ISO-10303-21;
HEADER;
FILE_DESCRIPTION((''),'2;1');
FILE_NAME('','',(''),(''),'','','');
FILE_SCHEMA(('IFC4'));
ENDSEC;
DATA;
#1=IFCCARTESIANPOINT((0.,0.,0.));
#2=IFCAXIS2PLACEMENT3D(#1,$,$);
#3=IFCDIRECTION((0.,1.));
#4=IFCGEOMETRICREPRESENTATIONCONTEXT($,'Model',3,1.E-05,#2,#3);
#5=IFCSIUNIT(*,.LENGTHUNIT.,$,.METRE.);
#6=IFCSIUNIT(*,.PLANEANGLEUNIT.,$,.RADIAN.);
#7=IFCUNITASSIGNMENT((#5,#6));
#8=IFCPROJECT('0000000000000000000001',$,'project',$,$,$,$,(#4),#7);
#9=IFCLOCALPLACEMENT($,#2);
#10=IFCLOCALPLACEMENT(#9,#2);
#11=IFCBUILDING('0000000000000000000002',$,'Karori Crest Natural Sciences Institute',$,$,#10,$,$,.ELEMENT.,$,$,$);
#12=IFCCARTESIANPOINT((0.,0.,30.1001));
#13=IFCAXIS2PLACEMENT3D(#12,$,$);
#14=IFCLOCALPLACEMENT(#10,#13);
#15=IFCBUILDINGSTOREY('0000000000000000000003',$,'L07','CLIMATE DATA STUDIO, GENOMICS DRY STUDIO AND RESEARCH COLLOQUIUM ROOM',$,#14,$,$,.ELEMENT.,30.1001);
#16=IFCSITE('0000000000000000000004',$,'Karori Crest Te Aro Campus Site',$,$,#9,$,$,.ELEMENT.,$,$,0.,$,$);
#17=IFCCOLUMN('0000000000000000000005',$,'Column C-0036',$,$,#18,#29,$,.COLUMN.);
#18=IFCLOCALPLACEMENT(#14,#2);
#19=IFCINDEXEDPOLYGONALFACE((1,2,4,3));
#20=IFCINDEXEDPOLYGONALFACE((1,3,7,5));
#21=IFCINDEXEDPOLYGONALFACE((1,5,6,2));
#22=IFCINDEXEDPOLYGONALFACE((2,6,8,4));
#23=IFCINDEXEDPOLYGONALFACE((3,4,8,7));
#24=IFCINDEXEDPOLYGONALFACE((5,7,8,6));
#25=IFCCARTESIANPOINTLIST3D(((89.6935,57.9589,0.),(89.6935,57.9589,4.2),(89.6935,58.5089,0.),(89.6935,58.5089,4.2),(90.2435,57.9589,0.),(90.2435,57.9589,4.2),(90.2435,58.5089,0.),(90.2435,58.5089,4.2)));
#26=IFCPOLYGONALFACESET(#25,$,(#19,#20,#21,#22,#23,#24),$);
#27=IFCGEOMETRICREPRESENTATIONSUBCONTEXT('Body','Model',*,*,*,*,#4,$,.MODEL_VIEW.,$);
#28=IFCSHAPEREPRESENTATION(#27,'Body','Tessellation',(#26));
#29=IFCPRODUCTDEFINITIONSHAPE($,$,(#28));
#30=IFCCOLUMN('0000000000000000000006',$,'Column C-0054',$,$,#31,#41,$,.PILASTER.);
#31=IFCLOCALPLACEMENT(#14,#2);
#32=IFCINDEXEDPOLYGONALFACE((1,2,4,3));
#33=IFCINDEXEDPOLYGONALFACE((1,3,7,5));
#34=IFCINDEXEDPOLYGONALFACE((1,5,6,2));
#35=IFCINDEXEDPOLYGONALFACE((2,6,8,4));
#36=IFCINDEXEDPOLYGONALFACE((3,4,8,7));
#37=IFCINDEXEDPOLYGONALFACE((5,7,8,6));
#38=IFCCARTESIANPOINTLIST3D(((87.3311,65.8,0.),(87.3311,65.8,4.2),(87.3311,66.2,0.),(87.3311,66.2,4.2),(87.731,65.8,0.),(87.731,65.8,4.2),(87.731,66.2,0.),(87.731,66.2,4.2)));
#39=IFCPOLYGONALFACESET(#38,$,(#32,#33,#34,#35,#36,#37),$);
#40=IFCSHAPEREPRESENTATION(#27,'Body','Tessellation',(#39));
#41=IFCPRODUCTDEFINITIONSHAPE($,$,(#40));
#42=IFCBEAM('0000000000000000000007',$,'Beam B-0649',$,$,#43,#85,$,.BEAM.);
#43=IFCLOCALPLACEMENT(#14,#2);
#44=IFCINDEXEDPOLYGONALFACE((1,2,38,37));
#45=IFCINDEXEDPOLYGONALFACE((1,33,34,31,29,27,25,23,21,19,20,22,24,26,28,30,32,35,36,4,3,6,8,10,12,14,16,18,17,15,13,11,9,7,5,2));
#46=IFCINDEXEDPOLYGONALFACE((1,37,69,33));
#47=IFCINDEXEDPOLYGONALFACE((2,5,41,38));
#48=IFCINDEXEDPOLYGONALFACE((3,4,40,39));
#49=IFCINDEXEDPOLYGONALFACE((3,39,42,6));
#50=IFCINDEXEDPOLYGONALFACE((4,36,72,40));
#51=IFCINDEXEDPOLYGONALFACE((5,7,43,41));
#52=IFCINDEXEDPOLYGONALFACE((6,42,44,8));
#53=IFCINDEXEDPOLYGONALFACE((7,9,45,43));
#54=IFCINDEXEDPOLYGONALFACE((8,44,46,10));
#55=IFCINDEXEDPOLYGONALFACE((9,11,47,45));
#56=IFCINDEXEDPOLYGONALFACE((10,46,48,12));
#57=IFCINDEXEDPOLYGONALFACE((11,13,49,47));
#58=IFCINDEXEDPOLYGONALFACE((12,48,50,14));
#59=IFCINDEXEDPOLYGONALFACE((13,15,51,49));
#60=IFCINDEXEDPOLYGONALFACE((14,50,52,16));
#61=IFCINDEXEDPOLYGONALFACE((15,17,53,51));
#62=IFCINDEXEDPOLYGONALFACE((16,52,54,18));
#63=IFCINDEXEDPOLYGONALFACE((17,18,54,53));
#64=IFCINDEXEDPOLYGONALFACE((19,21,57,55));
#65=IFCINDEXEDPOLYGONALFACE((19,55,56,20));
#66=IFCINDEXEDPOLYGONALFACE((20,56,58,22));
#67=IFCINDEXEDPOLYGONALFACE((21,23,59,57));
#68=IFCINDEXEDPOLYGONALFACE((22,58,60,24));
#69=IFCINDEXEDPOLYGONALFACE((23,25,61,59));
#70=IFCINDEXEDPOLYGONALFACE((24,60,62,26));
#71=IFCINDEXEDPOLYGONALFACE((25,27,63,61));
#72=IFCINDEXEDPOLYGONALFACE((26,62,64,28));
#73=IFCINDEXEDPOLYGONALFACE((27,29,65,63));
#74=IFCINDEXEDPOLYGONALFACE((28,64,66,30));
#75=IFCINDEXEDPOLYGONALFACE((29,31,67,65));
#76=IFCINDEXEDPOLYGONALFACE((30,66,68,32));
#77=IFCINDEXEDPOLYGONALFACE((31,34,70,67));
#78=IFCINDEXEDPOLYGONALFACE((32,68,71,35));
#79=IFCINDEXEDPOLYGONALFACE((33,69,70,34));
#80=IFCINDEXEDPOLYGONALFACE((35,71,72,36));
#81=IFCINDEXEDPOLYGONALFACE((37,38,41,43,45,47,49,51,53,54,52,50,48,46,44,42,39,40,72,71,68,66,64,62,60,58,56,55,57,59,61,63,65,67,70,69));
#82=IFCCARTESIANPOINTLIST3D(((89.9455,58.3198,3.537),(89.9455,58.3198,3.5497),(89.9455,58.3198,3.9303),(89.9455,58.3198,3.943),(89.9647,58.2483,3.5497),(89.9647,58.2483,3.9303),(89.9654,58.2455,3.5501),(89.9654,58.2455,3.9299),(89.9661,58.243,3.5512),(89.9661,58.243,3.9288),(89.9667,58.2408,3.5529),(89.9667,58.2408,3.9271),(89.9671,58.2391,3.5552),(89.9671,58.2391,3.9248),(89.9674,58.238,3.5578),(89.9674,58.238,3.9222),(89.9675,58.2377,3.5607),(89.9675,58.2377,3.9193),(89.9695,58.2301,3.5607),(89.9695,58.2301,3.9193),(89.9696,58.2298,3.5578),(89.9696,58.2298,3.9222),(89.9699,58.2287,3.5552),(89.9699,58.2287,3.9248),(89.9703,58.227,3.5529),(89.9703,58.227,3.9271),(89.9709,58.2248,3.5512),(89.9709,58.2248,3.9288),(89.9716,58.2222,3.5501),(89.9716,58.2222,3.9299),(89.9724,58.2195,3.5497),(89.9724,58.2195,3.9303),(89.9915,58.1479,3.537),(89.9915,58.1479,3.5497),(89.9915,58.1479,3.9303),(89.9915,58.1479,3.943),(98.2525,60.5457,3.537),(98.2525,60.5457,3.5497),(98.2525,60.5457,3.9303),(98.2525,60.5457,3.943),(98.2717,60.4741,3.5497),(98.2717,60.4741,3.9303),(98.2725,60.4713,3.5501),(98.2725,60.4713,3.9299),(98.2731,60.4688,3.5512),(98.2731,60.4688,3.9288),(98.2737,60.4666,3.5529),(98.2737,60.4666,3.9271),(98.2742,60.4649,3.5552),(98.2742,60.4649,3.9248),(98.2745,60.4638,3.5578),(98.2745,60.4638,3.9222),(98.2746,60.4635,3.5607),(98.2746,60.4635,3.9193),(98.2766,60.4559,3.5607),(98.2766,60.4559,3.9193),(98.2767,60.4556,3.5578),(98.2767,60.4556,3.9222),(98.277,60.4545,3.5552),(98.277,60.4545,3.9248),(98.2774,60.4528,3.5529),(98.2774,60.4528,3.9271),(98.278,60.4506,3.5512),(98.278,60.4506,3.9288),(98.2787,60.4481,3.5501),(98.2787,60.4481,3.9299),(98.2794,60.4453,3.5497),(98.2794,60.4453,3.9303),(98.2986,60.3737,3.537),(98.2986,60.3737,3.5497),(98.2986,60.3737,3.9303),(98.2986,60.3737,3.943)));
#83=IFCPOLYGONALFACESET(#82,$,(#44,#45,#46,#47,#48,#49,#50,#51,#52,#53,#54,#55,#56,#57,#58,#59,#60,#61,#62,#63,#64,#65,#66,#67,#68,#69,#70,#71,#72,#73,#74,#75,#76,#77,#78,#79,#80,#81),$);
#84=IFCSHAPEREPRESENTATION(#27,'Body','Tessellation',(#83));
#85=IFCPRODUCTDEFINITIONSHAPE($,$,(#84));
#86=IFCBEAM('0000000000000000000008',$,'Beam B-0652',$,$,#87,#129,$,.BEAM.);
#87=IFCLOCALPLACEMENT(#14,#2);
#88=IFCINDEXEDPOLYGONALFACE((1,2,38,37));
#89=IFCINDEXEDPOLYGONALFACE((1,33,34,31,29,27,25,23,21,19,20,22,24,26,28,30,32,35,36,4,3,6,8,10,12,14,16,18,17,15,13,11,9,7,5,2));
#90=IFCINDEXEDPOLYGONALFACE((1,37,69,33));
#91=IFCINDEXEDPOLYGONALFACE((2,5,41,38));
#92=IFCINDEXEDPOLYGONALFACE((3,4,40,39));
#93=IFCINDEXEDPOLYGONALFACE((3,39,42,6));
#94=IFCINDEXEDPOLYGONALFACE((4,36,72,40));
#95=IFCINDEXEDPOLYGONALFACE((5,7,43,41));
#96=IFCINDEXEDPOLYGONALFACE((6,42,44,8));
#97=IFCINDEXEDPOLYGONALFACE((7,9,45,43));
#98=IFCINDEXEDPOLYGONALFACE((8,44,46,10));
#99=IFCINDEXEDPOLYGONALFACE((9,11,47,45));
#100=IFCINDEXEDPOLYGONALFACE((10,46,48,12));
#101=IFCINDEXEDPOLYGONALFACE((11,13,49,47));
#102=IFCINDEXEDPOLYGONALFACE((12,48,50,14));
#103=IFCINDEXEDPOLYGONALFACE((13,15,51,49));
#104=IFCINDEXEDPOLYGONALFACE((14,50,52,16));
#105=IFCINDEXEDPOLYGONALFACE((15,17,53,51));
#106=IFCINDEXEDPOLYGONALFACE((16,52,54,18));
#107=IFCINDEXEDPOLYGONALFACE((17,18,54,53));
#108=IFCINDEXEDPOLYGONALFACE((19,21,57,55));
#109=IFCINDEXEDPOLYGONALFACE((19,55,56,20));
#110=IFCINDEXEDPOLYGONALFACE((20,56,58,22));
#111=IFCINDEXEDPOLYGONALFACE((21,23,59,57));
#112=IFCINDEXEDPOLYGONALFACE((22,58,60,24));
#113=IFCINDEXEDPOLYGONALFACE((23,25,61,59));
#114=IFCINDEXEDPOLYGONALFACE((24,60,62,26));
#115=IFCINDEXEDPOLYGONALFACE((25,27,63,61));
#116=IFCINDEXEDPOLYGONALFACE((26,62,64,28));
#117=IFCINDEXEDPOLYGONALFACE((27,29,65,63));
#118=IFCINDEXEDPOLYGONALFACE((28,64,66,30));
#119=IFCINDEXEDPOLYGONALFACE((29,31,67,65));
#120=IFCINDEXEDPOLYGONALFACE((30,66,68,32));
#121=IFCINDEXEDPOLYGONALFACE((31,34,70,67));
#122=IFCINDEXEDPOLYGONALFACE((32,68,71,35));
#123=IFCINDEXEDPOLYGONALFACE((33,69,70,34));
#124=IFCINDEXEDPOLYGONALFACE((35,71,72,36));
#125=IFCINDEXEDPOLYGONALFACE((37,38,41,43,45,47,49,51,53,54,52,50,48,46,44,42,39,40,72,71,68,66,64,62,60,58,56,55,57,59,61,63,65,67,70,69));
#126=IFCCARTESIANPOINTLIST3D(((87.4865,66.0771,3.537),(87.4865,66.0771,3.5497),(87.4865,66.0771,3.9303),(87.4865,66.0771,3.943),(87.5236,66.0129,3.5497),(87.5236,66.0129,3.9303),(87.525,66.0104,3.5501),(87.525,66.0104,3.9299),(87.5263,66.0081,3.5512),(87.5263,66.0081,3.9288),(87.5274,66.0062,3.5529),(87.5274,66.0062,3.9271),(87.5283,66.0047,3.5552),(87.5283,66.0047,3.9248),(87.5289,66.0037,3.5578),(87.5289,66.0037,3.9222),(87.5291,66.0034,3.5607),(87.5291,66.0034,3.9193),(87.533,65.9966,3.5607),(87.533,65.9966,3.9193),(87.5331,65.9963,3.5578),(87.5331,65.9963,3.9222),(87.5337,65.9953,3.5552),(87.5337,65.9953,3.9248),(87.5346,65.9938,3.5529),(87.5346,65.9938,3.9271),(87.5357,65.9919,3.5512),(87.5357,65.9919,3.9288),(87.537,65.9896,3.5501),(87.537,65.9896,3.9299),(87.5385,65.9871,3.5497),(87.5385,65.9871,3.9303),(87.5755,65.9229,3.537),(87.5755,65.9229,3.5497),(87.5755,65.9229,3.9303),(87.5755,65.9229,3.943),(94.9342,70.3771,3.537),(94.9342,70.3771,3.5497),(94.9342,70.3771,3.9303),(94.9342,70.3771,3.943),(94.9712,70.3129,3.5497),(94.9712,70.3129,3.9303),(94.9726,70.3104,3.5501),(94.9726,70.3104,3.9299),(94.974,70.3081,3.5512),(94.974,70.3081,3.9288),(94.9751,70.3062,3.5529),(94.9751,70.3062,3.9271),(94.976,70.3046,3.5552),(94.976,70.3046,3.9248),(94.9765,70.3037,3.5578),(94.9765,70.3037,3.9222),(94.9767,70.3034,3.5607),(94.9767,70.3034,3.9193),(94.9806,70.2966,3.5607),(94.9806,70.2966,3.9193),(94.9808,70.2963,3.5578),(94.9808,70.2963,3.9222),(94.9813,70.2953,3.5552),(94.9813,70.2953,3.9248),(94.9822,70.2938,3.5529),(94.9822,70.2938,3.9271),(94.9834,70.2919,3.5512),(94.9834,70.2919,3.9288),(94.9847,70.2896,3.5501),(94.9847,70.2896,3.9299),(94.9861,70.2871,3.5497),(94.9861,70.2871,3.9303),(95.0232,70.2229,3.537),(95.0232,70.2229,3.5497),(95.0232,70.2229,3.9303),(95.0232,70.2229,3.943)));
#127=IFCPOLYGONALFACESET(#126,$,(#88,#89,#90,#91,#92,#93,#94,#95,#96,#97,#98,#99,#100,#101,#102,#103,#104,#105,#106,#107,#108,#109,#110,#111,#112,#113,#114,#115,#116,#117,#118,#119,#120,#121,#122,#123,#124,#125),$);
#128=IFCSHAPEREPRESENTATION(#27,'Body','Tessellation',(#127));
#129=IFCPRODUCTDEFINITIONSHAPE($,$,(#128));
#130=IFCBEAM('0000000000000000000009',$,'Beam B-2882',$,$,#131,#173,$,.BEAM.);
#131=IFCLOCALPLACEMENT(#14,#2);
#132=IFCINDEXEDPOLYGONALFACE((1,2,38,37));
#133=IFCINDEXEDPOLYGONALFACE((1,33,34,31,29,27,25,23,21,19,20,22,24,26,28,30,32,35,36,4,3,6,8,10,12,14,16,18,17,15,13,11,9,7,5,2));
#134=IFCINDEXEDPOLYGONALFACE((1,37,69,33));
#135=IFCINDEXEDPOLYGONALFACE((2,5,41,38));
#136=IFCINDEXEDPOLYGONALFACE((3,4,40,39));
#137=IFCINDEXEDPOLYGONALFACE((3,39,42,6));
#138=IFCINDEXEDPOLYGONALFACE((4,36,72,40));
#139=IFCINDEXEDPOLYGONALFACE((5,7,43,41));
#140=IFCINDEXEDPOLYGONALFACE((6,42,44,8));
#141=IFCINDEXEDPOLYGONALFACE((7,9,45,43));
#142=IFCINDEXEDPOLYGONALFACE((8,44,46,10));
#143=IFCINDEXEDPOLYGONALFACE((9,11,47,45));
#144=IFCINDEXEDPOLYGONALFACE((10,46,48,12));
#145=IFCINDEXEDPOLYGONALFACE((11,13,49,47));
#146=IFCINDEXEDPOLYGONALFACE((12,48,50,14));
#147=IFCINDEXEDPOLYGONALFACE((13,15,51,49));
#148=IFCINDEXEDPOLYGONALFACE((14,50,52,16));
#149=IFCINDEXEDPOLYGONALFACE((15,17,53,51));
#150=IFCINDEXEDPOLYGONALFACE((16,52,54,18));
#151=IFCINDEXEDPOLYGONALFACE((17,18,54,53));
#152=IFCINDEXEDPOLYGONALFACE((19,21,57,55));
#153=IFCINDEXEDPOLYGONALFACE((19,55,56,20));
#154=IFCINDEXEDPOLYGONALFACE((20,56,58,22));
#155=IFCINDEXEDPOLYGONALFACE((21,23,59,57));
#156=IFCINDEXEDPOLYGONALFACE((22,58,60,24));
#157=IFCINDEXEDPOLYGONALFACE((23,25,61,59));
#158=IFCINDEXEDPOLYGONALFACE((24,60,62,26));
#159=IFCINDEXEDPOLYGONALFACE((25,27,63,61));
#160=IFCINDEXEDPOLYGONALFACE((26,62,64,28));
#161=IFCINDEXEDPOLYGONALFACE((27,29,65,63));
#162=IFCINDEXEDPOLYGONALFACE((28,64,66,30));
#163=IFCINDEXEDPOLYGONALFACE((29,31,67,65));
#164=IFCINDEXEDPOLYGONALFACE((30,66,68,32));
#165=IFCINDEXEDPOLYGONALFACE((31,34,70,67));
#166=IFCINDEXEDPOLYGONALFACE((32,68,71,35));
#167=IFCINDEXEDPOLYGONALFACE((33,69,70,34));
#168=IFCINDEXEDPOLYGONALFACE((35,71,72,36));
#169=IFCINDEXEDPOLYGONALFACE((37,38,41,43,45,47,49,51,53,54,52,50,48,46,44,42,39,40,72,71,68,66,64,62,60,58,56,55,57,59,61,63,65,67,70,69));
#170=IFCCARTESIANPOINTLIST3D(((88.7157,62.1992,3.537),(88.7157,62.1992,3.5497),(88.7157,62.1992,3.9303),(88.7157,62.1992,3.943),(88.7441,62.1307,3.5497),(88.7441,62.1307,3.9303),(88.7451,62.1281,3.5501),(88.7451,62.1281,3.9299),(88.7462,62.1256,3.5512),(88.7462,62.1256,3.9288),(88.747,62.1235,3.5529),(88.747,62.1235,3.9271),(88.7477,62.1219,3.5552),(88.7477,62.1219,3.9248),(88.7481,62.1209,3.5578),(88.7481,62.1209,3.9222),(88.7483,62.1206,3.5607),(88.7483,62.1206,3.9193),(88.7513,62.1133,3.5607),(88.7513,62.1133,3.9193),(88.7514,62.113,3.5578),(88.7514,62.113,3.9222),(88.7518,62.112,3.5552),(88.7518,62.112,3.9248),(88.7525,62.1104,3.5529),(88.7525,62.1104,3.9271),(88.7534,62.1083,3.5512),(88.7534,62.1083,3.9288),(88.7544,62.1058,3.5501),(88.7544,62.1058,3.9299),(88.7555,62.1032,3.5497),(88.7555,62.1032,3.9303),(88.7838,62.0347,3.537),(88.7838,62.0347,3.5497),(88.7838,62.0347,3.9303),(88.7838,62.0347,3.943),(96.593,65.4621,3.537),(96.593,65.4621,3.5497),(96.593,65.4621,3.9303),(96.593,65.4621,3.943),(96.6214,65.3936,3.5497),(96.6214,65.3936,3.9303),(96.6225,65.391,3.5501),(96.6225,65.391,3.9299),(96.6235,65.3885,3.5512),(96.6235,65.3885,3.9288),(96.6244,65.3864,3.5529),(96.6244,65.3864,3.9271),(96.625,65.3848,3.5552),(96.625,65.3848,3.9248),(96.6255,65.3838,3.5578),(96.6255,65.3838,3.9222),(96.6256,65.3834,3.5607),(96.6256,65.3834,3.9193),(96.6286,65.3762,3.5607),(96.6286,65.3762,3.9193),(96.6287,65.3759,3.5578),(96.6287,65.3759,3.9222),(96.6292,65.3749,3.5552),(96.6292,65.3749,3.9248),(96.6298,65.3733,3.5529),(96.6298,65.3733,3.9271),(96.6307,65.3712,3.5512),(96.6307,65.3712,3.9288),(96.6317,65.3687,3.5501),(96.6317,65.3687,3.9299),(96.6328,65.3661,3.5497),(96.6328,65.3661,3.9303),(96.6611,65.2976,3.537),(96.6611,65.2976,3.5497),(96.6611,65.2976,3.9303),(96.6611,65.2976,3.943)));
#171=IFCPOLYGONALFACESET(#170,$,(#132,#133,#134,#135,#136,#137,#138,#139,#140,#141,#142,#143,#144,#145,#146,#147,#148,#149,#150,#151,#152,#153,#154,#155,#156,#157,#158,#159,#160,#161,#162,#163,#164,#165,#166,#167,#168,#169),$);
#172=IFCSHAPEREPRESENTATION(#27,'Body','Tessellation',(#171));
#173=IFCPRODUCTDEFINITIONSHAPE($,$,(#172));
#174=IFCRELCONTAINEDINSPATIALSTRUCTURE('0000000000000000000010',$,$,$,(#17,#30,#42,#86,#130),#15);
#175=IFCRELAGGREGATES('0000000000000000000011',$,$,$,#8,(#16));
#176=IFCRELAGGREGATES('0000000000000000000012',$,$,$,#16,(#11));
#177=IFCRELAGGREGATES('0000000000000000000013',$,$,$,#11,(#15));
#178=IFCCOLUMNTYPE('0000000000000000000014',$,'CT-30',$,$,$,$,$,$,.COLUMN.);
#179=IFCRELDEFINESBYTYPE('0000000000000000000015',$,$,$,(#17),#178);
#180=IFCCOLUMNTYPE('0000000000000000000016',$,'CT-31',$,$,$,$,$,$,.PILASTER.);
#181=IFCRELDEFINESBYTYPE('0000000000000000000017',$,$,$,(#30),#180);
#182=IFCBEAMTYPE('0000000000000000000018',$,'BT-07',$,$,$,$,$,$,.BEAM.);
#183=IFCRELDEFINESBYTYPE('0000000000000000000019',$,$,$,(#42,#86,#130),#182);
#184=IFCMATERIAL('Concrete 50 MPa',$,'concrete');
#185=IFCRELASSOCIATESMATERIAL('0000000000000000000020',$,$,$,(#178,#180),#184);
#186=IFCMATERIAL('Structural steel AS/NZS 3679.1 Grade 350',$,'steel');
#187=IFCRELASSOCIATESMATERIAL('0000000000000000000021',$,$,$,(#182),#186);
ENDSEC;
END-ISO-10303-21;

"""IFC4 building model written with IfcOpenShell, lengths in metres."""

from ifc_helpers import new_model, si_unit, direction, frame, origin, origin_2d, place, context, subcontext, project, spatial, rectangle, i_section, extrude, material, material_profile, profile_set, type_object, element, save


model = new_model("IFC4")

# Units and contexts
model_context = context("Model", 3, precision=1e-05, world=origin(), true_north=direction((0.0, 1.0)))
body_context = subcontext(model_context, "Body", "Model", "MODEL_VIEW")
ifc_project = project(units=[si_unit("LENGTHUNIT", "METRE"), si_unit("PLANEANGLEUNIT", "RADIAN")], contexts=[model_context])

# Site, building, storey
site_placement = place(None, origin())
site = spatial("IfcSite", under=ifc_project, at=site_placement, Name="Karori Crest Te Aro Campus Site", CompositionType="ELEMENT", RefElevation=0.0)
building_placement = place(site_placement, origin())
building = spatial("IfcBuilding", under=site, at=building_placement, Name="Karori Crest Natural Sciences Institute", CompositionType="ELEMENT")
storey_placement = place(building_placement, frame((0.0, 0.0, 30.1001)))
storey = spatial("IfcBuildingStorey", under=building, at=storey_placement, Name="L07", Description="CLIMATE DATA STUDIO, GENOMICS DRY STUDIO AND RESEARCH COLLOQUIUM ROOM", CompositionType="ELEMENT", Elevation=30.1001)

# Columns
ifc_material_1 = material(Name="Concrete 50 MPa", Category="concrete")
ifc_material_profile_1 = material_profile(ifc_material_1, rectangle(XDim=0.55, YDim=0.55, at=origin_2d()), Name="RC550x550")
ifc_profile_set_1 = profile_set([ifc_material_profile_1], Name="Concrete 50 MPa")
column_type_1 = type_object("IfcColumnType", Name="CT-30", PredefinedType="COLUMN", material=ifc_profile_set_1)
column_1_placement = place(storey_placement, frame((89.9685, 58.2339, 0.0), z_axis=(0.0, 0.0, 1.0), x_axis=(1.0, 0.0, 0.0)))
element("IfcColumn", 1, at=column_1_placement, inside=storey, type_object=column_type_1, Name="Column C-0036", PredefinedType="COLUMN", context=body_context, shape_type="SweptSolid", body=[
    extrude(rectangle(XDim=0.55, YDim=0.55, at=origin_2d()), origin(), (0.0, 0.0, 1.0), 4.2),
])
ifc_material_profile_2 = material_profile(ifc_material_1, rectangle(XDim=0.3999, YDim=0.3999, at=origin_2d()), Name="RC400x400")
ifc_profile_set_2 = profile_set([ifc_material_profile_2], Name="Concrete 50 MPa")
column_type_2 = type_object("IfcColumnType", Name="CT-31", PredefinedType="PILASTER", material=ifc_profile_set_2)
column_2_placement = place(storey_placement, frame((87.531, 66.0, 0.0), z_axis=(0.0, 0.0, 1.0), x_axis=(1.0, 0.0, 0.0)))
element("IfcColumn", 2, at=column_2_placement, inside=storey, type_object=column_type_2, Name="Column C-0054", PredefinedType="PILASTER", context=body_context, shape_type="SweptSolid", body=[
    extrude(rectangle(XDim=0.3999, YDim=0.3999, at=origin_2d()), origin(), (0.0, 0.0, 1.0), 4.2),
])

# Beams
ifc_material_2 = material(Name="Structural steel AS/NZS 3679.1 Grade 350", Category="steel")
ifc_material_profile_3 = material_profile(ifc_material_2, i_section(OverallWidth=0.178, OverallDepth=0.406, WebThickness=0.0078, FlangeThickness=0.0127, FilletRadius=0.011, at=origin_2d()), Name="410UB59.7")
ifc_profile_set_3 = profile_set([ifc_material_profile_3], Name="Structural steel AS/NZS 3679.1 Grade 350")
beam_type_1 = type_object("IfcBeamType", Name="BT-07", PredefinedType="BEAM", material=ifc_profile_set_3)
beam_1_placement = place(storey_placement, frame((89.9685, 58.2339, 3.74), z_axis=(0.965928, 0.258813, 0.0), x_axis=(-0.258813, 0.965928, 0.0)))
element("IfcBeam", 3, at=beam_1_placement, inside=storey, type_object=beam_type_1, Name="Beam B-0649", PredefinedType="BEAM", context=body_context, shape_type="SweptSolid", body=[
    extrude(i_section(OverallWidth=0.178, OverallDepth=0.406, WebThickness=0.0078, FlangeThickness=0.0127, FilletRadius=0.011, at=origin_2d()), origin(), (0.0, 0.0, 1.0), 8.6001),
])
beam_2_placement = place(storey_placement, frame((87.531, 66.0, 3.74), z_axis=(0.866021, 0.500008, 0.0), x_axis=(-0.500008, 0.866021, 0.0)))
element("IfcBeam", 4, at=beam_2_placement, inside=storey, type_object=beam_type_1, Name="Beam B-0652", PredefinedType="BEAM", context=body_context, shape_type="SweptSolid", body=[
    extrude(i_section(OverallWidth=0.178, OverallDepth=0.406, WebThickness=0.0078, FlangeThickness=0.0127, FilletRadius=0.011, at=origin_2d()), origin(), (0.0, 0.0, 1.0), 8.5999),
])
for number, where, z_axis, x_axis, name in (
    (5, (88.7498, 62.1169, 3.74), (0.92388, 0.382683, 0.0), (-0.382683, 0.92388, 0.0), "Beam B-2882"),
):
    element("IfcBeam", number, at=place(storey_placement, frame(where, z_axis=z_axis, x_axis=x_axis)), inside=storey, type_object=beam_type_1, Name=name, PredefinedType="BEAM", context=body_context, shape_type="SweptSolid", body=[
        extrude(i_section(OverallWidth=0.178, OverallDepth=0.406, WebThickness=0.0078, FlangeThickness=0.0127, FilletRadius=0.011, at=origin_2d()), origin(), (0.0, 0.0, 1.0), 8.5264),
    ])

save(model, "model.ifc")
